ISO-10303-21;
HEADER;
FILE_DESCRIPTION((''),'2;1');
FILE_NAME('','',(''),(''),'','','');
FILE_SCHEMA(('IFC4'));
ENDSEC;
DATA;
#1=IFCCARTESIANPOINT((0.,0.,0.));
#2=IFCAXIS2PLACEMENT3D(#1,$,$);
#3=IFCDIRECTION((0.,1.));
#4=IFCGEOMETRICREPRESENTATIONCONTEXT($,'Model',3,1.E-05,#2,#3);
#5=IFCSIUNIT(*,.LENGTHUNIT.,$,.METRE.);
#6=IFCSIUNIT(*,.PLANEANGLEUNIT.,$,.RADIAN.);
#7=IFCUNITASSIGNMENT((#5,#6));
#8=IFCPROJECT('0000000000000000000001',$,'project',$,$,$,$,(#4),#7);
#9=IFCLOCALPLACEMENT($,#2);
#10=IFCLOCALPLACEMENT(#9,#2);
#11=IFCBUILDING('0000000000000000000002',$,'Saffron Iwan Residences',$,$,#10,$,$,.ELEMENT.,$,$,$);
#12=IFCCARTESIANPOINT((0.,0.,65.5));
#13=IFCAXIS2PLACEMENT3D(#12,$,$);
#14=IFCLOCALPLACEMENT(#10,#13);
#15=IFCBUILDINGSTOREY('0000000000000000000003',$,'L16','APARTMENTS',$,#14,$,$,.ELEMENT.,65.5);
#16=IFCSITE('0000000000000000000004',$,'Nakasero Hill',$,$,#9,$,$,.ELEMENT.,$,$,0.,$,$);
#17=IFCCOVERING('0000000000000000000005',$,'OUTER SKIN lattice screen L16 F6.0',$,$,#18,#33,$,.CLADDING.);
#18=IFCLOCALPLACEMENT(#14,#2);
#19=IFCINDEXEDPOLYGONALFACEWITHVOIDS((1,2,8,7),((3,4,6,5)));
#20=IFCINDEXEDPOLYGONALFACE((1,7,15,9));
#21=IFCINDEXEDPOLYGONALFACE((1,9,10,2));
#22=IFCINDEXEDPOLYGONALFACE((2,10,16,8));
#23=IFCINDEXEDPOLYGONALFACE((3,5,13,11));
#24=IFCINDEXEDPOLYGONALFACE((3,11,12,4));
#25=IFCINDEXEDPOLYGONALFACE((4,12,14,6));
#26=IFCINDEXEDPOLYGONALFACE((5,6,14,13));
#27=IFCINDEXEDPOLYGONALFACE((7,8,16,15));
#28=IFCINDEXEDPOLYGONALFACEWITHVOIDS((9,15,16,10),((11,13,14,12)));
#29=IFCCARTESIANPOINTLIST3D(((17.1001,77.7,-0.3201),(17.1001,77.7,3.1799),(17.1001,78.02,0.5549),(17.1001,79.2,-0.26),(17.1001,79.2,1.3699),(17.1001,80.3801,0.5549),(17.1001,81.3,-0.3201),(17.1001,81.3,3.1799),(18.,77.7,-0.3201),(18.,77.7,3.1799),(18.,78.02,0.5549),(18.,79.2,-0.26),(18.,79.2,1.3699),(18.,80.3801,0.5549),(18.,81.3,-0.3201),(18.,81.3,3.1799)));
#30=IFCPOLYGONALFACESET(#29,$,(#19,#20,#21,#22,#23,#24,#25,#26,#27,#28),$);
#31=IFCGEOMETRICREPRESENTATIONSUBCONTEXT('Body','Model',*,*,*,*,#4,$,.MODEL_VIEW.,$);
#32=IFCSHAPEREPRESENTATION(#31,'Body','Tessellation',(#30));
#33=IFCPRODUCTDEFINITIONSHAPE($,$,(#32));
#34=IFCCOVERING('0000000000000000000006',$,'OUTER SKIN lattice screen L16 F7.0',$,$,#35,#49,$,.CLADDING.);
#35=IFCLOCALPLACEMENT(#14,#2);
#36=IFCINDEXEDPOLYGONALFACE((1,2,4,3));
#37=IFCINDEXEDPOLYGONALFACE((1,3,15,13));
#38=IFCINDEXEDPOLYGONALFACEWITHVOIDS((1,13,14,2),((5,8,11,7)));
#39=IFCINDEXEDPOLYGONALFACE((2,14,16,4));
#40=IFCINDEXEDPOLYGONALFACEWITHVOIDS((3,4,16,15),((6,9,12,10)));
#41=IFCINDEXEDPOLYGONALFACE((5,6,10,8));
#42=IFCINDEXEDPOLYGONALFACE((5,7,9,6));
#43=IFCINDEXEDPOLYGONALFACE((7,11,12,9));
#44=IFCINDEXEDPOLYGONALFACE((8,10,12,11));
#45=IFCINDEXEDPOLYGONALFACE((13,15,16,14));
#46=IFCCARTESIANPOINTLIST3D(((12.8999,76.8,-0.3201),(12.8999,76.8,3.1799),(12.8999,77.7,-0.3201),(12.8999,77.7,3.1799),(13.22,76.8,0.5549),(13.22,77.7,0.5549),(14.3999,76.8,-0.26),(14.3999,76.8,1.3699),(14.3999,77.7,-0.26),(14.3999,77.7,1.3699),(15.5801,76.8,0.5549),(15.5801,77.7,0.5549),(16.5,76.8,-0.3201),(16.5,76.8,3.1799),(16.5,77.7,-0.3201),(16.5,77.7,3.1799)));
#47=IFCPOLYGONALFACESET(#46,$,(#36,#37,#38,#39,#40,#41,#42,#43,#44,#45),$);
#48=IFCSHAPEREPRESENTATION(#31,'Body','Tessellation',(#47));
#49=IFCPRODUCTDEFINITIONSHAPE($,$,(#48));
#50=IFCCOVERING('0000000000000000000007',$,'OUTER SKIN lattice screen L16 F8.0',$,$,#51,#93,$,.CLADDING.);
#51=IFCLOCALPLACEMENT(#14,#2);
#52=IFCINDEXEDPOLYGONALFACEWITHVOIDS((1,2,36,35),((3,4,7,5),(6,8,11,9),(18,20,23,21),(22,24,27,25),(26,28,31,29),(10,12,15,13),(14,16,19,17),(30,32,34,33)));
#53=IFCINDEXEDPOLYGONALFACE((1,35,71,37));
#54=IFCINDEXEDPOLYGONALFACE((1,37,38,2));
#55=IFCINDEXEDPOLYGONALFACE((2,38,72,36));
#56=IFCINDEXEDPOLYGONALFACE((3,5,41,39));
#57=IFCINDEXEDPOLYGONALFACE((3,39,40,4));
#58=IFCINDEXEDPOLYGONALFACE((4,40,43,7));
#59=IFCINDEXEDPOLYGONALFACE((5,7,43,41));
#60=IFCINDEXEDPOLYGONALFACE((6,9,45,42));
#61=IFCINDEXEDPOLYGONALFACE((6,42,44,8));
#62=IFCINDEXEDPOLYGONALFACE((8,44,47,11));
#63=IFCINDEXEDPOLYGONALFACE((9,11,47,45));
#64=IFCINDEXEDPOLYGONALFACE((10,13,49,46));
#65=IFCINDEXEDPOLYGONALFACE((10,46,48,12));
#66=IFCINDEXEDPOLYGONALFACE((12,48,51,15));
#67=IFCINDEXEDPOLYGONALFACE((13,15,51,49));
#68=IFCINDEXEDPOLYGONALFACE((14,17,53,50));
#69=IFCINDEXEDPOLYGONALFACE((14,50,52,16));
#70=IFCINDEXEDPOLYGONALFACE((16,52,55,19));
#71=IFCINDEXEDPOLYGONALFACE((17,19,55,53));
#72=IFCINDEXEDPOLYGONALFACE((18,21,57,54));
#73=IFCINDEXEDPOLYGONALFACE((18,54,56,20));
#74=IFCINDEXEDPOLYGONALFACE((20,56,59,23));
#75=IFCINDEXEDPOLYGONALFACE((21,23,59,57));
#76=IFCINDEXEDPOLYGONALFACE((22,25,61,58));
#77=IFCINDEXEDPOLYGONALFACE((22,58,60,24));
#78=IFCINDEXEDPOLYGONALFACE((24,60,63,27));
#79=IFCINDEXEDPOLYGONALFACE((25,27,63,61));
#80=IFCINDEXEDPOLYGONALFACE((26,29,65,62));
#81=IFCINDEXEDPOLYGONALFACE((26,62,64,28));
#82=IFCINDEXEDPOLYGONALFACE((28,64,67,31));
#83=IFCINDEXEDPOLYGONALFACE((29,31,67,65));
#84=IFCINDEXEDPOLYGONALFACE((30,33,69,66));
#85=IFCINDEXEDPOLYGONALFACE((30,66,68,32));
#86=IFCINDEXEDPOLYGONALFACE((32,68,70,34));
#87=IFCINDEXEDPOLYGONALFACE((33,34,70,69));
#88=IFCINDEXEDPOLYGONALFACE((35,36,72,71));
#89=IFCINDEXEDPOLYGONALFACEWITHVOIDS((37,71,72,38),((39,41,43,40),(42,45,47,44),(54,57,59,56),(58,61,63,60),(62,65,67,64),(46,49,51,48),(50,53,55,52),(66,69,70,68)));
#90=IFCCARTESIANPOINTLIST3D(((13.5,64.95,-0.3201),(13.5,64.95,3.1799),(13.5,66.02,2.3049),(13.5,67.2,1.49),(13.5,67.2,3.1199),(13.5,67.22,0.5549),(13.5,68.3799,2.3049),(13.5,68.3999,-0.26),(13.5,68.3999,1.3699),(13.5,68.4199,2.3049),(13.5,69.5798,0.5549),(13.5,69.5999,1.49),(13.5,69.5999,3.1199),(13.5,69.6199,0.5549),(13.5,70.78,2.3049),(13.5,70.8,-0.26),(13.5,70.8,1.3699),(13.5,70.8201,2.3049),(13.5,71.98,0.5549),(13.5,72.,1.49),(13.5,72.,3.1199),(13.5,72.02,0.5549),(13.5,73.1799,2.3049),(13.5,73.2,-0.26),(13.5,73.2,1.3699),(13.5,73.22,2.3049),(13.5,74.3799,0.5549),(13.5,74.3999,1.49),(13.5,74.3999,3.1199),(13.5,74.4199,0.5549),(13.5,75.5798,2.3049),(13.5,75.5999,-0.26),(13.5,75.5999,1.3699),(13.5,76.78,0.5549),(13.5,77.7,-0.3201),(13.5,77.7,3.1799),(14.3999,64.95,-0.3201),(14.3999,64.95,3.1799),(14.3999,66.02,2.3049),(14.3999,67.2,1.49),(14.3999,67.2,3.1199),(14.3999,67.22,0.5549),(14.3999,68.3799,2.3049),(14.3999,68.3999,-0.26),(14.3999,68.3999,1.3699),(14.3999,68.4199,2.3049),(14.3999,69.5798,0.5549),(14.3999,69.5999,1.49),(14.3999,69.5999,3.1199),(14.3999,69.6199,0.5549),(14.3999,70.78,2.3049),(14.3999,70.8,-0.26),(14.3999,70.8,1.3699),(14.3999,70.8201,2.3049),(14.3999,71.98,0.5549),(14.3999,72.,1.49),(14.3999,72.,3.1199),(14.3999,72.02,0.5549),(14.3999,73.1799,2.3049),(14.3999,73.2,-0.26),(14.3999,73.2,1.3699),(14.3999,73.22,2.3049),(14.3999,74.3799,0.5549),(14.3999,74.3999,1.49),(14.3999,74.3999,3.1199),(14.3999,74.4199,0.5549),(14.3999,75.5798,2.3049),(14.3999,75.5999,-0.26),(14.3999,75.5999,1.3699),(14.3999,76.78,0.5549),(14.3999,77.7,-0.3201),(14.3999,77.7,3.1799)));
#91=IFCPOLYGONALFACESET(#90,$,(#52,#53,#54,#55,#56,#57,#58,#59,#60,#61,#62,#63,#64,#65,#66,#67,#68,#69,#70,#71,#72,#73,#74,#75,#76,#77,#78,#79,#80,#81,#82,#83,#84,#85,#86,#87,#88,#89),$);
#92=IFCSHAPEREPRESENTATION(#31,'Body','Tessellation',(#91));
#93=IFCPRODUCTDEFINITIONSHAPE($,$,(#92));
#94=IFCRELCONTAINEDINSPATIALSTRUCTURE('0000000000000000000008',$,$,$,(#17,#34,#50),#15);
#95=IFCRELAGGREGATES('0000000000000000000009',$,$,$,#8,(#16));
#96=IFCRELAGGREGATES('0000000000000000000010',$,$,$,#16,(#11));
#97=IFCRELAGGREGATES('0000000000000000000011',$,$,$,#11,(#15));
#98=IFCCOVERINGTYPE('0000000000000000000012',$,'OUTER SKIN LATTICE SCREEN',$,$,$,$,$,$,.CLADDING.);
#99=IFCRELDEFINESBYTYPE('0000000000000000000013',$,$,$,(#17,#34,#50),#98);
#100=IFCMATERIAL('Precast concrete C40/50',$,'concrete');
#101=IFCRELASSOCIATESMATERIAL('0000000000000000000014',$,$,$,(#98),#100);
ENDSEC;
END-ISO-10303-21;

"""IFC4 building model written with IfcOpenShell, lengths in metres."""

from ifc_helpers import new_model, si_unit, direction, frame, origin, place, context, subcontext, project, spatial, polyline, outline, extrude, material, type_object, element, save


model = new_model("IFC4")

# Units and contexts
model_context = context("Model", 3, precision=1e-05, world=origin(), true_north=direction((0.0, 1.0)))
body_context = subcontext(model_context, "Body", "Model", "MODEL_VIEW")
ifc_project = project(units=[si_unit("LENGTHUNIT", "METRE"), si_unit("PLANEANGLEUNIT", "RADIAN")], contexts=[model_context])

# Site, building, storey
site_placement = place(None, origin())
site = spatial("IfcSite", under=ifc_project, at=site_placement, Name="Nakasero Hill", CompositionType="ELEMENT", RefElevation=0.0)
building_placement = place(site_placement, origin())
building = spatial("IfcBuilding", under=site, at=building_placement, Name="Saffron Iwan Residences", CompositionType="ELEMENT")
storey_placement = place(building_placement, frame((0.0, 0.0, 65.5)))
storey = spatial("IfcBuildingStorey", under=building, at=storey_placement, Name="L16", Description="APARTMENTS", CompositionType="ELEMENT", Elevation=65.5)

# Coverings
ifc_material_1 = material(Name="Precast concrete C40/50", Category="concrete")
covering_type = type_object("IfcCoveringType", Name="OUTER SKIN LATTICE SCREEN", PredefinedType="CLADDING", material=ifc_material_1)
for number, where, z_axis, x_axis, name in (
    (1, (18.0, 81.3, -0.3201), (-1.0, 0.0, 0.0), (0.0, -1.0, 0.0), "OUTER SKIN lattice screen L16 F6.0"),
    (2, (16.5, 76.8, -0.3201), (0.0, 1.0, 0.0), (-1.0, 0.0, 0.0), "OUTER SKIN lattice screen L16 F7.0"),
):
    element("IfcCovering", number, at=place(storey_placement, frame(where, z_axis=z_axis, x_axis=x_axis)), inside=storey, type_object=covering_type, Name=name, PredefinedType="CLADDING", context=body_context, shape_type="SweptSolid", body=[
        extrude(outline(polyline([(0.0, 0.0), (3.6001, 0.0), (3.6001, 3.5), (0.0, 3.5), (0.0, 0.0)]), holes=[polyline([(0.9199, 0.875), (2.1001, 0.0601), (3.28, 0.875), (2.1001, 1.6899), (0.9199, 0.875)])]), origin(), (0.0, 0.0, 1.0), 0.8999),
    ])
covering_placement = place(storey_placement, frame((14.3999, 77.7, -0.3201), z_axis=(-1.0, 0.0, 0.0), x_axis=(0.0, -1.0, 0.0)))
element("IfcCovering", 3, at=covering_placement, inside=storey, type_object=covering_type, Name="OUTER SKIN lattice screen L16 F8.0", PredefinedType="CLADDING", context=body_context, shape_type="SweptSolid", body=[
    extrude(outline(polyline([(0.0, 0.0), (12.75, 0.0), (12.75, 3.5), (0.0, 3.5), (0.0, 0.0)]), holes=[polyline([(0.9199, 0.875), (2.1001, 0.0601), (3.28, 0.875), (2.1001, 1.6899), (0.9199, 0.875)]), polyline([(3.3201, 0.875), (4.5, 0.0601), (5.6799, 0.875), (4.5, 1.6899), (3.3201, 0.875)]), polyline([(5.72, 0.875), (6.8999, 0.0601), (8.0801, 0.875), (6.8999, 1.6899), (5.72, 0.875)]), polyline([(8.1201, 0.875), (9.3, 0.0601), (10.48, 0.875), (9.3, 1.6899), (8.1201, 0.875)]), polyline([(2.1201, 2.625), (3.3, 1.8101), (4.48, 2.625), (3.3, 3.4399), (2.1201, 2.625)]), polyline([(4.52, 2.625), (5.7, 1.8101), (6.8799, 2.625), (5.7, 3.4399), (4.52, 2.625)]), polyline([(6.9199, 2.625), (8.1001, 1.8101), (9.28, 2.625), (8.1001, 3.4399), (6.9199, 2.625)]), polyline([(9.3201, 2.625), (10.5, 1.8101), (11.6799, 2.625), (10.5, 3.4399), (9.3201, 2.625)])]), origin(), (0.0, 0.0, 1.0), 0.8999),
])

save(model, "model.ifc")
